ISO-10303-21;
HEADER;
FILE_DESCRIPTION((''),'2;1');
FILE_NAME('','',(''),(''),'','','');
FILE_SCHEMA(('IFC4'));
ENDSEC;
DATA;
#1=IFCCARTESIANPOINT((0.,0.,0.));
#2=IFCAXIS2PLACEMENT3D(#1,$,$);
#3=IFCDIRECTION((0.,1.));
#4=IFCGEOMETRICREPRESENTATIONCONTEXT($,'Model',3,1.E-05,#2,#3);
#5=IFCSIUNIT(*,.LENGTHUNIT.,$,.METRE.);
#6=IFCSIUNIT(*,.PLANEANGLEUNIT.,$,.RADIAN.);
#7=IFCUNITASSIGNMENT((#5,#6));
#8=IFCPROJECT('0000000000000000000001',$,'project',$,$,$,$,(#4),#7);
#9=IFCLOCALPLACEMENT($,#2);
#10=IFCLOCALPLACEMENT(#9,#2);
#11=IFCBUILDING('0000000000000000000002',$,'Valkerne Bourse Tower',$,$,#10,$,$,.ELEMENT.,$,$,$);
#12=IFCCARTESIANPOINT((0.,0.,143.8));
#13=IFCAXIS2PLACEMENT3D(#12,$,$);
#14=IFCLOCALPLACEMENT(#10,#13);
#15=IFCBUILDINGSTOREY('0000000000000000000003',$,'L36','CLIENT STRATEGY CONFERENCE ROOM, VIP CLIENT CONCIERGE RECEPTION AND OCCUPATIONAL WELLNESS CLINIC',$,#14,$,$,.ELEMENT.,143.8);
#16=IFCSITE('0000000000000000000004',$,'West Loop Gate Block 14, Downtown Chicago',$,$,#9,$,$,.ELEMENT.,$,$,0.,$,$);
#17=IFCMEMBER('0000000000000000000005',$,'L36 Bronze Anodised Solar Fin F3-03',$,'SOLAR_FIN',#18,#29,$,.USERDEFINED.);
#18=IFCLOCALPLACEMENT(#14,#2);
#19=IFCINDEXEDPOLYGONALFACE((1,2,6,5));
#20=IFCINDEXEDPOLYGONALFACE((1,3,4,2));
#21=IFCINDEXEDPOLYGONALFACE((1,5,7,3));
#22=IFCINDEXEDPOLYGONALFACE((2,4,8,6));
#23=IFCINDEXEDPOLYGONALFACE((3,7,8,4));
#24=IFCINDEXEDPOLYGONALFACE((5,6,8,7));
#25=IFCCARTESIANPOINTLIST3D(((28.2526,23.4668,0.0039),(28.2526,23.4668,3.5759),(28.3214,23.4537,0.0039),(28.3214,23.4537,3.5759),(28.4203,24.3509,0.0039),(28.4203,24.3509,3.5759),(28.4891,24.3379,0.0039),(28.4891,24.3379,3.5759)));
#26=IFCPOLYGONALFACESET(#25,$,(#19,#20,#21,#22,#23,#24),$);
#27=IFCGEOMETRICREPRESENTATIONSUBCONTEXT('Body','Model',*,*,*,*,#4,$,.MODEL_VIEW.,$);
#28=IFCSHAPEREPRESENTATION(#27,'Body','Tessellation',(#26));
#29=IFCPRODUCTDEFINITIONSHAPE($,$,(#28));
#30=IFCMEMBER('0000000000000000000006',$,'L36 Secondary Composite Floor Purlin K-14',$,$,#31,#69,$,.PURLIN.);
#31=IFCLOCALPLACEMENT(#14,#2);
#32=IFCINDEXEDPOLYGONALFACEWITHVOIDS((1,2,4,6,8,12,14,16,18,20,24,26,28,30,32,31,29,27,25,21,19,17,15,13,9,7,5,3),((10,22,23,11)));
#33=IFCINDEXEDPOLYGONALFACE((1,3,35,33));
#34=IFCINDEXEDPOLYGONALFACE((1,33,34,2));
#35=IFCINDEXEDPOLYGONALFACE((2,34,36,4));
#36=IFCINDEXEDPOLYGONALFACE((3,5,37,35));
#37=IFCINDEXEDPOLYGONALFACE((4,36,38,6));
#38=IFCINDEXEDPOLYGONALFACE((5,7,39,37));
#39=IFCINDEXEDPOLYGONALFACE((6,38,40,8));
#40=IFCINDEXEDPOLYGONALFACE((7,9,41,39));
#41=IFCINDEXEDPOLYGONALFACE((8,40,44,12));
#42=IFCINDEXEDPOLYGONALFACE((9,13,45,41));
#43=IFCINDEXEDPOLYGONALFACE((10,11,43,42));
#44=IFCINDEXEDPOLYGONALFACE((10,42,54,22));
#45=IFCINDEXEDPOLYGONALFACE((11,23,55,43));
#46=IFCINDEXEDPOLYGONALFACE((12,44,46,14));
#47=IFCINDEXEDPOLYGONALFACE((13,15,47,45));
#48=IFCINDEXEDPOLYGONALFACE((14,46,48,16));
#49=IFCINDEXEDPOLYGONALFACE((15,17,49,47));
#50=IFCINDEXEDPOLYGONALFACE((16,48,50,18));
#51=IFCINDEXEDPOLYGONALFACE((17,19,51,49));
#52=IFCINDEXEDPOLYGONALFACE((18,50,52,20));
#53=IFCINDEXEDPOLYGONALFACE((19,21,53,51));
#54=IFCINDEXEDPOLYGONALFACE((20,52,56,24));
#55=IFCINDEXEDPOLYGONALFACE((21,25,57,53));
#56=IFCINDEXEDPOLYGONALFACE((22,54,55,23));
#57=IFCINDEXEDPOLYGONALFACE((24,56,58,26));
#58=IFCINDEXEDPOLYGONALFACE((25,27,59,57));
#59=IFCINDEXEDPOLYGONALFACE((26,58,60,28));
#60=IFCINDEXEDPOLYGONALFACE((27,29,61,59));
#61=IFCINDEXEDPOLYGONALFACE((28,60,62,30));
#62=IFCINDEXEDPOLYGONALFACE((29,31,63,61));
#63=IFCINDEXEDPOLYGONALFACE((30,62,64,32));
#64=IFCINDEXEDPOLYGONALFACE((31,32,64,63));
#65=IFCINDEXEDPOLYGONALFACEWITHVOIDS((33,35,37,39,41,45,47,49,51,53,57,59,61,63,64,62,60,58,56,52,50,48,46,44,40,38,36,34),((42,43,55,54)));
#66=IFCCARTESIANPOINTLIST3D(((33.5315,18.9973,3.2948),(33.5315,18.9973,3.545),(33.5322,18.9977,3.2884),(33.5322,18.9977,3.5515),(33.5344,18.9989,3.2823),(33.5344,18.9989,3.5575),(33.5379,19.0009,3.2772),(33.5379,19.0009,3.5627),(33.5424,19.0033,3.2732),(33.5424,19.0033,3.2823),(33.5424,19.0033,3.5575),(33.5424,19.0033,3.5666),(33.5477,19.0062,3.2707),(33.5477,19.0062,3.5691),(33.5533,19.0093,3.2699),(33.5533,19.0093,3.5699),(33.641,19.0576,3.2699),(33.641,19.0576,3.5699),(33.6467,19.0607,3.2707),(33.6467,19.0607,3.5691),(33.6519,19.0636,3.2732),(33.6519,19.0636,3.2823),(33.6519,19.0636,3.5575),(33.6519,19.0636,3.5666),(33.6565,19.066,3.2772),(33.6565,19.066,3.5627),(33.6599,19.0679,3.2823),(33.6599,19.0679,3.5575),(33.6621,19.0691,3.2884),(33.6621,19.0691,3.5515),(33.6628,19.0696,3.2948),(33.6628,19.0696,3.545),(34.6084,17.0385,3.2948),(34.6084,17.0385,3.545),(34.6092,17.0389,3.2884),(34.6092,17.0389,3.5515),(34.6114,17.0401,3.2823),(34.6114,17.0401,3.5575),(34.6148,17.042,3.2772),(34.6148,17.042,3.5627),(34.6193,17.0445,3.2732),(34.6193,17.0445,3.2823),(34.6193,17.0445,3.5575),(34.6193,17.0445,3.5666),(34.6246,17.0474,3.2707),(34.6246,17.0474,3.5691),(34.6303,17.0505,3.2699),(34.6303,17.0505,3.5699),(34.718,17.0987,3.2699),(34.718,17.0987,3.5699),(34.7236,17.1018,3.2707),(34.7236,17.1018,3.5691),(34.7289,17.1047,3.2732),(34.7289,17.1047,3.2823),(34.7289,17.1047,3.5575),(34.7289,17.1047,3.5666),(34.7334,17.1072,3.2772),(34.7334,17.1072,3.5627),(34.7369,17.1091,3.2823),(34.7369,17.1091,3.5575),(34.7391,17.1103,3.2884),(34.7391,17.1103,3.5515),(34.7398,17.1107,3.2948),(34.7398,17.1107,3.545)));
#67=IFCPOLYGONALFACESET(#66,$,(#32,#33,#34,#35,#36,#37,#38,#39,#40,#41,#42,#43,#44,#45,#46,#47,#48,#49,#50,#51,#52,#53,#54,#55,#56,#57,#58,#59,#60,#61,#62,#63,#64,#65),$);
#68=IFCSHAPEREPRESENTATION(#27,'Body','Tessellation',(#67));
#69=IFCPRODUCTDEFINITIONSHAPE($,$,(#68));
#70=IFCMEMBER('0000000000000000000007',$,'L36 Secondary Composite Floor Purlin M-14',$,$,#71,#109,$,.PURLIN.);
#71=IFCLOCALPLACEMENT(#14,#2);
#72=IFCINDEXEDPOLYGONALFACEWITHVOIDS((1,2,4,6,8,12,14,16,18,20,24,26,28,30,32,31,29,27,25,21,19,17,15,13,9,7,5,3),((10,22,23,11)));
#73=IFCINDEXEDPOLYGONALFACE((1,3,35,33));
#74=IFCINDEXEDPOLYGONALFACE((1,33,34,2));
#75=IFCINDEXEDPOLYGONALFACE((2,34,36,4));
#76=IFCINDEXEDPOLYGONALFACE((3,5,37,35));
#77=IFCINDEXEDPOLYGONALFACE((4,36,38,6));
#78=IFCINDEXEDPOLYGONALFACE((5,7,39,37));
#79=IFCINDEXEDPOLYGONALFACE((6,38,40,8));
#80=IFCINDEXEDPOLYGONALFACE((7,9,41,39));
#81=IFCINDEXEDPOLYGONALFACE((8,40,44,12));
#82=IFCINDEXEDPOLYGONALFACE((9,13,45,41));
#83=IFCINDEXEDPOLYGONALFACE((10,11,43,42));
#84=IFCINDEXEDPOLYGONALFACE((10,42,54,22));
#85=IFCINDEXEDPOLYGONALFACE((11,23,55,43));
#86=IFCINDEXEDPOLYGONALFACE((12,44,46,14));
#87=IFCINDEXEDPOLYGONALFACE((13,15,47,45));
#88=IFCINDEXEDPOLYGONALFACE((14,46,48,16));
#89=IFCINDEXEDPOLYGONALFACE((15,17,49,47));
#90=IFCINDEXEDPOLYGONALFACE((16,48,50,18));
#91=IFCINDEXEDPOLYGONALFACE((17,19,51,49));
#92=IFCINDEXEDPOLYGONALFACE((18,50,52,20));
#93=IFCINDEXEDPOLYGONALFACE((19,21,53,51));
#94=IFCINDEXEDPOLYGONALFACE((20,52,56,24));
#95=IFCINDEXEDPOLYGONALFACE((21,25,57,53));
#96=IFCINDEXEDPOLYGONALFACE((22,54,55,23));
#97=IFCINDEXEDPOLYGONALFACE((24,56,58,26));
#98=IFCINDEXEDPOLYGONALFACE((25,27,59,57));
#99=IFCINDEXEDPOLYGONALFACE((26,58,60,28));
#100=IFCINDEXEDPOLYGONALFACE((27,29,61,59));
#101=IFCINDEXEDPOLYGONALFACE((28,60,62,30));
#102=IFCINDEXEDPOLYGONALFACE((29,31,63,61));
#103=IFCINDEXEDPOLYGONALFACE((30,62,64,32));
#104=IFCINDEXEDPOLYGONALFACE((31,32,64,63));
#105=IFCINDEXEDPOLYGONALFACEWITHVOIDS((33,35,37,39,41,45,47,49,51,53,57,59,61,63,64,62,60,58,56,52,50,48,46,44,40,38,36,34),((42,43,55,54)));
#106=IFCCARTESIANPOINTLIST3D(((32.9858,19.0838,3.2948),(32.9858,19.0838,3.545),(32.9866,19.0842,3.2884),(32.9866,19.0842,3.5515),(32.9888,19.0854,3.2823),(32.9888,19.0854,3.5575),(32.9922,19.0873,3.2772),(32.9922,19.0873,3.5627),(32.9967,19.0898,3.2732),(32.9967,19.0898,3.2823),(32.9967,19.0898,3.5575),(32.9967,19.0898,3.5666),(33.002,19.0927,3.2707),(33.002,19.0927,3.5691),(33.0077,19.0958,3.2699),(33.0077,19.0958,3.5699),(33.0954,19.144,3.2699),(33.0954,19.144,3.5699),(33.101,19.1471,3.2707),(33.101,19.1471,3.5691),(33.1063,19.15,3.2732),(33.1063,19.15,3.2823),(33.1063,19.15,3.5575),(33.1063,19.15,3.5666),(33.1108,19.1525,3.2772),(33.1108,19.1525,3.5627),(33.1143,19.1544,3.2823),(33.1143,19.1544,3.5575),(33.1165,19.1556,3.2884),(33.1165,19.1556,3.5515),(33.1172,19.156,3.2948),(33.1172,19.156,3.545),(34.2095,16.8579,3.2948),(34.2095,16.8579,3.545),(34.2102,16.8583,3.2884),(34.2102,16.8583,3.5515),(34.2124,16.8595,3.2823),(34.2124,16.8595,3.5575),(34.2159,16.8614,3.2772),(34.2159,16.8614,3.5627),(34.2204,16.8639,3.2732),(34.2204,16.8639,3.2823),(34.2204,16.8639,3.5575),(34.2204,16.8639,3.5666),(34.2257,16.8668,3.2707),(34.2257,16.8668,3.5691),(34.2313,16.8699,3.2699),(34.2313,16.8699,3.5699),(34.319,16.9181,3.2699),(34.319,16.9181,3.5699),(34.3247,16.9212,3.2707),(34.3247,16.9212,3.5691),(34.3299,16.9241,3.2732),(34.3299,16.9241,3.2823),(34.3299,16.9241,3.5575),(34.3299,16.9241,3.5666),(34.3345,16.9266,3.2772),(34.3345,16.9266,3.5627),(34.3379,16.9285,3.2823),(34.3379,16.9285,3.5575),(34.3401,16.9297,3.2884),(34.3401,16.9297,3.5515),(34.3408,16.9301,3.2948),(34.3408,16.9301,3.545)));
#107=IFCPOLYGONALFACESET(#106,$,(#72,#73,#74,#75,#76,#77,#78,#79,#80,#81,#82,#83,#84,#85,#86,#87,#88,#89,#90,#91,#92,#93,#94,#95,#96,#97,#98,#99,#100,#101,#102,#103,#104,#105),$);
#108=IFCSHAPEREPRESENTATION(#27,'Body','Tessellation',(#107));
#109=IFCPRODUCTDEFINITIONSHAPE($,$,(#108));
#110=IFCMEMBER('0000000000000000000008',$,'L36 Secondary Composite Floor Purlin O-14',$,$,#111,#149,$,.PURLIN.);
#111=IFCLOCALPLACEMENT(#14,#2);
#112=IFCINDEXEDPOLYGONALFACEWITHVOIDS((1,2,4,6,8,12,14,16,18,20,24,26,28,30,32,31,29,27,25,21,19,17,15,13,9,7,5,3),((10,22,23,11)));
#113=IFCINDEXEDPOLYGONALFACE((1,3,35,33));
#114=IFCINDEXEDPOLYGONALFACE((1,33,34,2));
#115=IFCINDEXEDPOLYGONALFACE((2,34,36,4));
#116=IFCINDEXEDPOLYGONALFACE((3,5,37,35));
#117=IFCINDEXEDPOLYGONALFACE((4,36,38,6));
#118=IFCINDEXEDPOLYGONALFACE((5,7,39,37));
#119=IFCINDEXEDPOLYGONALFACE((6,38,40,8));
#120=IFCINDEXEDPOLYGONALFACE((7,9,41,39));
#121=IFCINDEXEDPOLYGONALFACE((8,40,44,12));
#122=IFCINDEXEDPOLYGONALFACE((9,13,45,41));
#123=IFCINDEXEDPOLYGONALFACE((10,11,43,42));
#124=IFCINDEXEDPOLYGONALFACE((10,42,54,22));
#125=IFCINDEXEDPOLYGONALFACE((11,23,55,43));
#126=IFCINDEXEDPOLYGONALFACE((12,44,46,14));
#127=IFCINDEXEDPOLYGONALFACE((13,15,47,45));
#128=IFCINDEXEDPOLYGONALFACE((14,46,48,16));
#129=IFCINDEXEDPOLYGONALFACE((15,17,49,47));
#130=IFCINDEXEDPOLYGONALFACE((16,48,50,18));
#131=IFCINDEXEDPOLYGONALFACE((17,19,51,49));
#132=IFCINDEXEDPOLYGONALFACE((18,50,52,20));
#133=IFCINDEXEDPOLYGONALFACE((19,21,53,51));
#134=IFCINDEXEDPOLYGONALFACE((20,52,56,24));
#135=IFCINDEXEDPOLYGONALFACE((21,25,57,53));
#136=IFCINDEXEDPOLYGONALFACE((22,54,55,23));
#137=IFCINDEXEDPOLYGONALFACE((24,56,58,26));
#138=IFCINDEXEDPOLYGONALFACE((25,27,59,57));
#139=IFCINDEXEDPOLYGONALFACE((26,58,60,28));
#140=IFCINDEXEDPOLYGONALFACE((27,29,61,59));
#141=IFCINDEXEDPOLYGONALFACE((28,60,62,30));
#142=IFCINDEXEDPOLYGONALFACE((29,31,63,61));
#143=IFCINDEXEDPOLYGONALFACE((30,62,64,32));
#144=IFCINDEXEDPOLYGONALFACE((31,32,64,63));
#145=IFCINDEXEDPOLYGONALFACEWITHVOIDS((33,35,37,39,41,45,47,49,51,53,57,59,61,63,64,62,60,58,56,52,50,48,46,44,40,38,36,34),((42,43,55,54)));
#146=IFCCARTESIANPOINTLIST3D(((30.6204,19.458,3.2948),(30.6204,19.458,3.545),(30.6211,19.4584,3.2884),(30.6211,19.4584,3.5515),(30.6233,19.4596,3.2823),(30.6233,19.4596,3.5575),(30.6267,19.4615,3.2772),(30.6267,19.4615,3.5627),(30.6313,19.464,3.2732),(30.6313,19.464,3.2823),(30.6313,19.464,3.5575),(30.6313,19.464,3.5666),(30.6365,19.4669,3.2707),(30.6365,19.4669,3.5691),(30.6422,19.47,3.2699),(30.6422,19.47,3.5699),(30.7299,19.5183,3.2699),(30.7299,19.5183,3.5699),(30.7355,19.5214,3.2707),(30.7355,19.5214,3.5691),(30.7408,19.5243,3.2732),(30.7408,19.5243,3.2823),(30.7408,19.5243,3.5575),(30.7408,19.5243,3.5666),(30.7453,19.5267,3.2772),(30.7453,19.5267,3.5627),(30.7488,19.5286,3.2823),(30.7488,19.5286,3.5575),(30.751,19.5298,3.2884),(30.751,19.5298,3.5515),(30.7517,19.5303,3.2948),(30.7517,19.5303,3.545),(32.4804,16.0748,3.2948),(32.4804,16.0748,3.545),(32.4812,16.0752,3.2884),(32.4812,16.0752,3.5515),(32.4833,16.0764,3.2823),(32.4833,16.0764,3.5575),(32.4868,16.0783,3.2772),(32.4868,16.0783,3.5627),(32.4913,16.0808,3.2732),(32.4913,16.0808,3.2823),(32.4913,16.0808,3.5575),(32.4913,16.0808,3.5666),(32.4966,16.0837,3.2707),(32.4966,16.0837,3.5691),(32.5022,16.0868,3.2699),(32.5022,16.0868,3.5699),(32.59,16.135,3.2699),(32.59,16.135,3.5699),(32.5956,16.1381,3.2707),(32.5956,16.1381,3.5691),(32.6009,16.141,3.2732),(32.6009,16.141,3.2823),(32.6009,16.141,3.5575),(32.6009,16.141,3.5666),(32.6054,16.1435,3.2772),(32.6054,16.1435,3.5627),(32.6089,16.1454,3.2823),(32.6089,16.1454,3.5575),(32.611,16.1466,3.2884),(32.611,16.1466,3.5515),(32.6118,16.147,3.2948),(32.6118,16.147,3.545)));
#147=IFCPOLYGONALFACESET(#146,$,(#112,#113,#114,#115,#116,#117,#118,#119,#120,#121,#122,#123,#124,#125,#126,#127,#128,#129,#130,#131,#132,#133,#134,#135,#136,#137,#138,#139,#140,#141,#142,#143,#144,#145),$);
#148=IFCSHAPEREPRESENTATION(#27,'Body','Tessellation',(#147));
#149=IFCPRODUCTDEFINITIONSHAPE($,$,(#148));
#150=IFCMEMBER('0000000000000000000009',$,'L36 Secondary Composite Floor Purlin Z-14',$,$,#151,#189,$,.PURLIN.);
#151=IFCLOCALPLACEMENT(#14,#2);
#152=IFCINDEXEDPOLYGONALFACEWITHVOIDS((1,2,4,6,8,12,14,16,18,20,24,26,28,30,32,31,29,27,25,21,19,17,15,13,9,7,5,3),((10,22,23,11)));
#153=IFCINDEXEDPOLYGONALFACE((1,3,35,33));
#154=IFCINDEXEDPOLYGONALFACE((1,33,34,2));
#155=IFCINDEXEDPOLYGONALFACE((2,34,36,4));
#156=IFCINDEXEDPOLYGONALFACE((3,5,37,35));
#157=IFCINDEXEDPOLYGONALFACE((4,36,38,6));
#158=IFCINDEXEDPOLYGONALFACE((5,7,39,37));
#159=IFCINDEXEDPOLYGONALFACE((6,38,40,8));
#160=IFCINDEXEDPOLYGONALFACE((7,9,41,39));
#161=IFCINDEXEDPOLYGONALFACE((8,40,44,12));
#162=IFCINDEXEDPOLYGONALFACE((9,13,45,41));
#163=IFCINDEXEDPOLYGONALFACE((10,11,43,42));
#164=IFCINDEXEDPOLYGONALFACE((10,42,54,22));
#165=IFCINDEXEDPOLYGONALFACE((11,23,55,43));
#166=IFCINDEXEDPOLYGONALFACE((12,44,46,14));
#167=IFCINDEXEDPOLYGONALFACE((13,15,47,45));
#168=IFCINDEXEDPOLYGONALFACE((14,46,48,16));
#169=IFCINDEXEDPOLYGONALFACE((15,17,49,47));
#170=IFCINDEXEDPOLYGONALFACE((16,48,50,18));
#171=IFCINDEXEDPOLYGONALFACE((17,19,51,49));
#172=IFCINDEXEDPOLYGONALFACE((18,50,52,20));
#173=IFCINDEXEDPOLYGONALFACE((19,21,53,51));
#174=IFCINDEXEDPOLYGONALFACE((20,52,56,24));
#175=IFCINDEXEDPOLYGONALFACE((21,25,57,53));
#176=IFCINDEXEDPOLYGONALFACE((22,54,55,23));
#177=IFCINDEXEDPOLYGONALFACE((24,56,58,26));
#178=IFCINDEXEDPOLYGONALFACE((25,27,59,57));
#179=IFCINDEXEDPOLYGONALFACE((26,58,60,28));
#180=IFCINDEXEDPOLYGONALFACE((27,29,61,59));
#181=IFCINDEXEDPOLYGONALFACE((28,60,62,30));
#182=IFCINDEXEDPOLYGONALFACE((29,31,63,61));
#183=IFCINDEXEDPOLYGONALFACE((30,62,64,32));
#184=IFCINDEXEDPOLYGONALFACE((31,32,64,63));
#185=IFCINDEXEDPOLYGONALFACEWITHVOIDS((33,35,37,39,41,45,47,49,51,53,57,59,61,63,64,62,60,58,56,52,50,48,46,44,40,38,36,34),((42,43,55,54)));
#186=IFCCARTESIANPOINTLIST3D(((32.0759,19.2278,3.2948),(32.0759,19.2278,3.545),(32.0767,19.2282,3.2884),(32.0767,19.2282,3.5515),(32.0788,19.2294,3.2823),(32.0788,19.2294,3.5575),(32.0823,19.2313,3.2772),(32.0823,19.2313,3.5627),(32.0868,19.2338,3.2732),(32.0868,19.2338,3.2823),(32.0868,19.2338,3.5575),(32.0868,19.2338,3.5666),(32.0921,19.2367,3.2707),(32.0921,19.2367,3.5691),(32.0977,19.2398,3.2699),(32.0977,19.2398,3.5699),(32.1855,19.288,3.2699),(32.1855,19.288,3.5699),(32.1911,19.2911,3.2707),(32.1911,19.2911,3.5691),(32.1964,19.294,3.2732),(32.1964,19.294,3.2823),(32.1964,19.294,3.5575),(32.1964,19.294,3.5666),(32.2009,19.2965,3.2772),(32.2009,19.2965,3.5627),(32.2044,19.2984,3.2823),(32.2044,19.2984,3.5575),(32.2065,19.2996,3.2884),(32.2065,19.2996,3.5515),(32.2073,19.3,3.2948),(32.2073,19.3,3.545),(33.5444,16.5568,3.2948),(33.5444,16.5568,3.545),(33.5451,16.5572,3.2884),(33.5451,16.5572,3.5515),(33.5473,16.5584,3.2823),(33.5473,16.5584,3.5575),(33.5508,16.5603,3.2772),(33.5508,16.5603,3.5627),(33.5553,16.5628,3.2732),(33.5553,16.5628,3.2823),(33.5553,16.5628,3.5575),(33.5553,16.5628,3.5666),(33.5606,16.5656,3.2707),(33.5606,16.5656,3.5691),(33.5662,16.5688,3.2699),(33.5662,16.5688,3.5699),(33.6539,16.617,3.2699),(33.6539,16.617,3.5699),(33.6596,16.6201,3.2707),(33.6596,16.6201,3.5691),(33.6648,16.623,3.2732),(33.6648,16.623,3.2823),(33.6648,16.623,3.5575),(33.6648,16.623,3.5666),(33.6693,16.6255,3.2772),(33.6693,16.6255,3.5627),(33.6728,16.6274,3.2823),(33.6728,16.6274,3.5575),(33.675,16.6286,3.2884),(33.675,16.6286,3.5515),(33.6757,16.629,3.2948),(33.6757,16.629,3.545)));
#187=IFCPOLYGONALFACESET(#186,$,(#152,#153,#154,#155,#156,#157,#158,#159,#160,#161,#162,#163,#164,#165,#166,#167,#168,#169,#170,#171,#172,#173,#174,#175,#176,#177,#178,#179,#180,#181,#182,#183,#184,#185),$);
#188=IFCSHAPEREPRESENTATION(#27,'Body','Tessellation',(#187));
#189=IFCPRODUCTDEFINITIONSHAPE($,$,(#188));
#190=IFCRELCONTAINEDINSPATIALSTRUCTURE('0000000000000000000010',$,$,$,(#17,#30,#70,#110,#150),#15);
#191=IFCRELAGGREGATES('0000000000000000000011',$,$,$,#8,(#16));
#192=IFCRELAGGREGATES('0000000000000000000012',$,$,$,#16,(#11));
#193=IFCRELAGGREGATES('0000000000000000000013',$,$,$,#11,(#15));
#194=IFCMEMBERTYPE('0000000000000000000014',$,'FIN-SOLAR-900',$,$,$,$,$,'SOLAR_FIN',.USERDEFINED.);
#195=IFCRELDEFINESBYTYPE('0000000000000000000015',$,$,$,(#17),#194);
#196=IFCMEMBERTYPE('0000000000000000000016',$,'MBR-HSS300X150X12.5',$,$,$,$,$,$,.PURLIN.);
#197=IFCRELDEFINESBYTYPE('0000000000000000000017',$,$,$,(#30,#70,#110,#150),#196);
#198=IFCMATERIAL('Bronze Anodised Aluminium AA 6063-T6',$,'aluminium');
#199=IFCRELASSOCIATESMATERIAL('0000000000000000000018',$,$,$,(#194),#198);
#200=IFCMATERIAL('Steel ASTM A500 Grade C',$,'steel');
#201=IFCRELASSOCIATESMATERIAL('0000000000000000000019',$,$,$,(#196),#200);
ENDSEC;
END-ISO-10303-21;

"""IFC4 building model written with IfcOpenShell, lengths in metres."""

from ifc_helpers import new_model, si_unit, direction, frame, origin, origin_2d, place, context, subcontext, project, spatial, rectangle, hollow_rectangle, extrude, material, material_profile, profile_set, type_object, element, save


model = new_model("IFC4")

# Units and contexts
model_context = context("Model", 3, precision=1e-05, world=origin(), true_north=direction((0.0, 1.0)))
body_context = subcontext(model_context, "Body", "Model", "MODEL_VIEW")
ifc_project = project(units=[si_unit("LENGTHUNIT", "METRE"), si_unit("PLANEANGLEUNIT", "RADIAN")], contexts=[model_context])

# Site, building, storey
site_placement = place(None, origin())
site = spatial("IfcSite", under=ifc_project, at=site_placement, Name="West Loop Gate Block 14, Downtown Chicago", CompositionType="ELEMENT", RefElevation=0.0)
building_placement = place(site_placement, origin())
building = spatial("IfcBuilding", under=site, at=building_placement, Name="Valkerne Bourse Tower", CompositionType="ELEMENT")
storey_placement = place(building_placement, frame((0.0, 0.0, 143.8)))
storey = spatial("IfcBuildingStorey", under=building, at=storey_placement, Name="L36", Description="CLIENT STRATEGY CONFERENCE ROOM, VIP CLIENT CONCIERGE RECEPTION AND OCCUPATIONAL WELLNESS CLINIC", CompositionType="ELEMENT", Elevation=143.8)

# Members
ifc_material_1 = material(Name="Bronze Anodised Aluminium AA 6063-T6", Category="aluminium")
ifc_material_profile_1 = material_profile(ifc_material_1, rectangle(XDim=0.0701, YDim=0.8999, at=origin_2d()), Name="FIN-70X900")
ifc_profile_set_1 = profile_set([ifc_material_profile_1], Name="Bronze Anodised Aluminium AA 6063-T6")
member_type_1 = type_object("IfcMemberType", Name="FIN-SOLAR-900", ElementType="SOLAR_FIN", PredefinedType="USERDEFINED", material=ifc_profile_set_1)
member_1_placement = place(storey_placement, frame((28.3708, 23.9023, 0.0039), z_axis=(0.0, 0.0, 1.0), x_axis=(-0.982487, 0.186332, 0.0)))
element("IfcMember", 1, at=member_1_placement, inside=storey, type_object=member_type_1, Name="L36 Bronze Anodised Solar Fin F3-03", ObjectType="SOLAR_FIN", PredefinedType="USERDEFINED", context=body_context, shape_type="SweptSolid", body=[
    extrude(rectangle(XDim=0.0701, YDim=0.8999, at=origin_2d()), origin(), (0.0, 0.0, 1.0), 3.572),
])
ifc_material_2 = material(Name="Steel ASTM A500 Grade C", Category="steel")
ifc_material_profile_2 = material_profile(ifc_material_2, hollow_rectangle(XDim=0.1499, YDim=0.3, WallThickness=0.0125, OuterFilletRadius=0.0249, at=origin_2d()), Name="HSS300X150X12.5")
ifc_profile_set_2 = profile_set([ifc_material_profile_2], Name="Steel ASTM A500 Grade C")
member_type_2 = type_object("IfcMemberType", Name="MBR-HSS300X150X12.5", PredefinedType="PURLIN", material=ifc_profile_set_2)
member_2_placement = place(storey_placement, frame((33.5972, 19.0334, 3.4199), z_axis=(0.48178, -0.876292, 0.0), x_axis=(0.876292, 0.48178, 0.0)))
element("IfcMember", 2, at=member_2_placement, inside=storey, type_object=member_type_2, Name="L36 Secondary Composite Floor Purlin K-14", PredefinedType="PURLIN", context=body_context, shape_type="SweptSolid", body=[
    extrude(hollow_rectangle(XDim=0.1499, YDim=0.3, WallThickness=0.0125, OuterFilletRadius=0.0249, at=origin_2d()), origin(), (0.0, 0.0, 1.0), 2.2354),
])
member_3_placement = place(storey_placement, frame((33.0515, 19.1199, 3.4199), z_axis=(0.481745, -0.876311, 0.0), x_axis=(0.876311, 0.481745, 0.0)))
element("IfcMember", 3, at=member_3_placement, inside=storey, type_object=member_type_2, Name="L36 Secondary Composite Floor Purlin M-14", PredefinedType="PURLIN", context=body_context, shape_type="SweptSolid", body=[
    extrude(hollow_rectangle(XDim=0.1499, YDim=0.3, WallThickness=0.0125, OuterFilletRadius=0.0249, at=origin_2d()), origin(), (0.0, 0.0, 1.0), 2.54),
])
member_4_placement = place(storey_placement, frame((30.686, 19.4941, 3.4199), z_axis=(0.481778, -0.876293, 0.0), x_axis=(0.876293, 0.481778, 0.0)))
element("IfcMember", 4, at=member_4_placement, inside=storey, type_object=member_type_2, Name="L36 Secondary Composite Floor Purlin O-14", PredefinedType="PURLIN", context=body_context, shape_type="SweptSolid", body=[
    extrude(hollow_rectangle(XDim=0.1499, YDim=0.3, WallThickness=0.0125, OuterFilletRadius=0.0249, at=origin_2d()), origin(), (0.0, 0.0, 1.0), 3.8608),
])
member_5_placement = place(storey_placement, frame((32.1416, 19.2639, 3.4199), z_axis=(0.481762, -0.876302, 0.0), x_axis=(0.876302, 0.481762, 0.0)))
element("IfcMember", 5, at=member_5_placement, inside=storey, type_object=member_type_2, Name="L36 Secondary Composite Floor Purlin Z-14", PredefinedType="PURLIN", context=body_context, shape_type="SweptSolid", body=[
    extrude(hollow_rectangle(XDim=0.1499, YDim=0.3, WallThickness=0.0125, OuterFilletRadius=0.0249, at=origin_2d()), origin(), (0.0, 0.0, 1.0), 3.0481),
])

save(model, "model.ifc")
